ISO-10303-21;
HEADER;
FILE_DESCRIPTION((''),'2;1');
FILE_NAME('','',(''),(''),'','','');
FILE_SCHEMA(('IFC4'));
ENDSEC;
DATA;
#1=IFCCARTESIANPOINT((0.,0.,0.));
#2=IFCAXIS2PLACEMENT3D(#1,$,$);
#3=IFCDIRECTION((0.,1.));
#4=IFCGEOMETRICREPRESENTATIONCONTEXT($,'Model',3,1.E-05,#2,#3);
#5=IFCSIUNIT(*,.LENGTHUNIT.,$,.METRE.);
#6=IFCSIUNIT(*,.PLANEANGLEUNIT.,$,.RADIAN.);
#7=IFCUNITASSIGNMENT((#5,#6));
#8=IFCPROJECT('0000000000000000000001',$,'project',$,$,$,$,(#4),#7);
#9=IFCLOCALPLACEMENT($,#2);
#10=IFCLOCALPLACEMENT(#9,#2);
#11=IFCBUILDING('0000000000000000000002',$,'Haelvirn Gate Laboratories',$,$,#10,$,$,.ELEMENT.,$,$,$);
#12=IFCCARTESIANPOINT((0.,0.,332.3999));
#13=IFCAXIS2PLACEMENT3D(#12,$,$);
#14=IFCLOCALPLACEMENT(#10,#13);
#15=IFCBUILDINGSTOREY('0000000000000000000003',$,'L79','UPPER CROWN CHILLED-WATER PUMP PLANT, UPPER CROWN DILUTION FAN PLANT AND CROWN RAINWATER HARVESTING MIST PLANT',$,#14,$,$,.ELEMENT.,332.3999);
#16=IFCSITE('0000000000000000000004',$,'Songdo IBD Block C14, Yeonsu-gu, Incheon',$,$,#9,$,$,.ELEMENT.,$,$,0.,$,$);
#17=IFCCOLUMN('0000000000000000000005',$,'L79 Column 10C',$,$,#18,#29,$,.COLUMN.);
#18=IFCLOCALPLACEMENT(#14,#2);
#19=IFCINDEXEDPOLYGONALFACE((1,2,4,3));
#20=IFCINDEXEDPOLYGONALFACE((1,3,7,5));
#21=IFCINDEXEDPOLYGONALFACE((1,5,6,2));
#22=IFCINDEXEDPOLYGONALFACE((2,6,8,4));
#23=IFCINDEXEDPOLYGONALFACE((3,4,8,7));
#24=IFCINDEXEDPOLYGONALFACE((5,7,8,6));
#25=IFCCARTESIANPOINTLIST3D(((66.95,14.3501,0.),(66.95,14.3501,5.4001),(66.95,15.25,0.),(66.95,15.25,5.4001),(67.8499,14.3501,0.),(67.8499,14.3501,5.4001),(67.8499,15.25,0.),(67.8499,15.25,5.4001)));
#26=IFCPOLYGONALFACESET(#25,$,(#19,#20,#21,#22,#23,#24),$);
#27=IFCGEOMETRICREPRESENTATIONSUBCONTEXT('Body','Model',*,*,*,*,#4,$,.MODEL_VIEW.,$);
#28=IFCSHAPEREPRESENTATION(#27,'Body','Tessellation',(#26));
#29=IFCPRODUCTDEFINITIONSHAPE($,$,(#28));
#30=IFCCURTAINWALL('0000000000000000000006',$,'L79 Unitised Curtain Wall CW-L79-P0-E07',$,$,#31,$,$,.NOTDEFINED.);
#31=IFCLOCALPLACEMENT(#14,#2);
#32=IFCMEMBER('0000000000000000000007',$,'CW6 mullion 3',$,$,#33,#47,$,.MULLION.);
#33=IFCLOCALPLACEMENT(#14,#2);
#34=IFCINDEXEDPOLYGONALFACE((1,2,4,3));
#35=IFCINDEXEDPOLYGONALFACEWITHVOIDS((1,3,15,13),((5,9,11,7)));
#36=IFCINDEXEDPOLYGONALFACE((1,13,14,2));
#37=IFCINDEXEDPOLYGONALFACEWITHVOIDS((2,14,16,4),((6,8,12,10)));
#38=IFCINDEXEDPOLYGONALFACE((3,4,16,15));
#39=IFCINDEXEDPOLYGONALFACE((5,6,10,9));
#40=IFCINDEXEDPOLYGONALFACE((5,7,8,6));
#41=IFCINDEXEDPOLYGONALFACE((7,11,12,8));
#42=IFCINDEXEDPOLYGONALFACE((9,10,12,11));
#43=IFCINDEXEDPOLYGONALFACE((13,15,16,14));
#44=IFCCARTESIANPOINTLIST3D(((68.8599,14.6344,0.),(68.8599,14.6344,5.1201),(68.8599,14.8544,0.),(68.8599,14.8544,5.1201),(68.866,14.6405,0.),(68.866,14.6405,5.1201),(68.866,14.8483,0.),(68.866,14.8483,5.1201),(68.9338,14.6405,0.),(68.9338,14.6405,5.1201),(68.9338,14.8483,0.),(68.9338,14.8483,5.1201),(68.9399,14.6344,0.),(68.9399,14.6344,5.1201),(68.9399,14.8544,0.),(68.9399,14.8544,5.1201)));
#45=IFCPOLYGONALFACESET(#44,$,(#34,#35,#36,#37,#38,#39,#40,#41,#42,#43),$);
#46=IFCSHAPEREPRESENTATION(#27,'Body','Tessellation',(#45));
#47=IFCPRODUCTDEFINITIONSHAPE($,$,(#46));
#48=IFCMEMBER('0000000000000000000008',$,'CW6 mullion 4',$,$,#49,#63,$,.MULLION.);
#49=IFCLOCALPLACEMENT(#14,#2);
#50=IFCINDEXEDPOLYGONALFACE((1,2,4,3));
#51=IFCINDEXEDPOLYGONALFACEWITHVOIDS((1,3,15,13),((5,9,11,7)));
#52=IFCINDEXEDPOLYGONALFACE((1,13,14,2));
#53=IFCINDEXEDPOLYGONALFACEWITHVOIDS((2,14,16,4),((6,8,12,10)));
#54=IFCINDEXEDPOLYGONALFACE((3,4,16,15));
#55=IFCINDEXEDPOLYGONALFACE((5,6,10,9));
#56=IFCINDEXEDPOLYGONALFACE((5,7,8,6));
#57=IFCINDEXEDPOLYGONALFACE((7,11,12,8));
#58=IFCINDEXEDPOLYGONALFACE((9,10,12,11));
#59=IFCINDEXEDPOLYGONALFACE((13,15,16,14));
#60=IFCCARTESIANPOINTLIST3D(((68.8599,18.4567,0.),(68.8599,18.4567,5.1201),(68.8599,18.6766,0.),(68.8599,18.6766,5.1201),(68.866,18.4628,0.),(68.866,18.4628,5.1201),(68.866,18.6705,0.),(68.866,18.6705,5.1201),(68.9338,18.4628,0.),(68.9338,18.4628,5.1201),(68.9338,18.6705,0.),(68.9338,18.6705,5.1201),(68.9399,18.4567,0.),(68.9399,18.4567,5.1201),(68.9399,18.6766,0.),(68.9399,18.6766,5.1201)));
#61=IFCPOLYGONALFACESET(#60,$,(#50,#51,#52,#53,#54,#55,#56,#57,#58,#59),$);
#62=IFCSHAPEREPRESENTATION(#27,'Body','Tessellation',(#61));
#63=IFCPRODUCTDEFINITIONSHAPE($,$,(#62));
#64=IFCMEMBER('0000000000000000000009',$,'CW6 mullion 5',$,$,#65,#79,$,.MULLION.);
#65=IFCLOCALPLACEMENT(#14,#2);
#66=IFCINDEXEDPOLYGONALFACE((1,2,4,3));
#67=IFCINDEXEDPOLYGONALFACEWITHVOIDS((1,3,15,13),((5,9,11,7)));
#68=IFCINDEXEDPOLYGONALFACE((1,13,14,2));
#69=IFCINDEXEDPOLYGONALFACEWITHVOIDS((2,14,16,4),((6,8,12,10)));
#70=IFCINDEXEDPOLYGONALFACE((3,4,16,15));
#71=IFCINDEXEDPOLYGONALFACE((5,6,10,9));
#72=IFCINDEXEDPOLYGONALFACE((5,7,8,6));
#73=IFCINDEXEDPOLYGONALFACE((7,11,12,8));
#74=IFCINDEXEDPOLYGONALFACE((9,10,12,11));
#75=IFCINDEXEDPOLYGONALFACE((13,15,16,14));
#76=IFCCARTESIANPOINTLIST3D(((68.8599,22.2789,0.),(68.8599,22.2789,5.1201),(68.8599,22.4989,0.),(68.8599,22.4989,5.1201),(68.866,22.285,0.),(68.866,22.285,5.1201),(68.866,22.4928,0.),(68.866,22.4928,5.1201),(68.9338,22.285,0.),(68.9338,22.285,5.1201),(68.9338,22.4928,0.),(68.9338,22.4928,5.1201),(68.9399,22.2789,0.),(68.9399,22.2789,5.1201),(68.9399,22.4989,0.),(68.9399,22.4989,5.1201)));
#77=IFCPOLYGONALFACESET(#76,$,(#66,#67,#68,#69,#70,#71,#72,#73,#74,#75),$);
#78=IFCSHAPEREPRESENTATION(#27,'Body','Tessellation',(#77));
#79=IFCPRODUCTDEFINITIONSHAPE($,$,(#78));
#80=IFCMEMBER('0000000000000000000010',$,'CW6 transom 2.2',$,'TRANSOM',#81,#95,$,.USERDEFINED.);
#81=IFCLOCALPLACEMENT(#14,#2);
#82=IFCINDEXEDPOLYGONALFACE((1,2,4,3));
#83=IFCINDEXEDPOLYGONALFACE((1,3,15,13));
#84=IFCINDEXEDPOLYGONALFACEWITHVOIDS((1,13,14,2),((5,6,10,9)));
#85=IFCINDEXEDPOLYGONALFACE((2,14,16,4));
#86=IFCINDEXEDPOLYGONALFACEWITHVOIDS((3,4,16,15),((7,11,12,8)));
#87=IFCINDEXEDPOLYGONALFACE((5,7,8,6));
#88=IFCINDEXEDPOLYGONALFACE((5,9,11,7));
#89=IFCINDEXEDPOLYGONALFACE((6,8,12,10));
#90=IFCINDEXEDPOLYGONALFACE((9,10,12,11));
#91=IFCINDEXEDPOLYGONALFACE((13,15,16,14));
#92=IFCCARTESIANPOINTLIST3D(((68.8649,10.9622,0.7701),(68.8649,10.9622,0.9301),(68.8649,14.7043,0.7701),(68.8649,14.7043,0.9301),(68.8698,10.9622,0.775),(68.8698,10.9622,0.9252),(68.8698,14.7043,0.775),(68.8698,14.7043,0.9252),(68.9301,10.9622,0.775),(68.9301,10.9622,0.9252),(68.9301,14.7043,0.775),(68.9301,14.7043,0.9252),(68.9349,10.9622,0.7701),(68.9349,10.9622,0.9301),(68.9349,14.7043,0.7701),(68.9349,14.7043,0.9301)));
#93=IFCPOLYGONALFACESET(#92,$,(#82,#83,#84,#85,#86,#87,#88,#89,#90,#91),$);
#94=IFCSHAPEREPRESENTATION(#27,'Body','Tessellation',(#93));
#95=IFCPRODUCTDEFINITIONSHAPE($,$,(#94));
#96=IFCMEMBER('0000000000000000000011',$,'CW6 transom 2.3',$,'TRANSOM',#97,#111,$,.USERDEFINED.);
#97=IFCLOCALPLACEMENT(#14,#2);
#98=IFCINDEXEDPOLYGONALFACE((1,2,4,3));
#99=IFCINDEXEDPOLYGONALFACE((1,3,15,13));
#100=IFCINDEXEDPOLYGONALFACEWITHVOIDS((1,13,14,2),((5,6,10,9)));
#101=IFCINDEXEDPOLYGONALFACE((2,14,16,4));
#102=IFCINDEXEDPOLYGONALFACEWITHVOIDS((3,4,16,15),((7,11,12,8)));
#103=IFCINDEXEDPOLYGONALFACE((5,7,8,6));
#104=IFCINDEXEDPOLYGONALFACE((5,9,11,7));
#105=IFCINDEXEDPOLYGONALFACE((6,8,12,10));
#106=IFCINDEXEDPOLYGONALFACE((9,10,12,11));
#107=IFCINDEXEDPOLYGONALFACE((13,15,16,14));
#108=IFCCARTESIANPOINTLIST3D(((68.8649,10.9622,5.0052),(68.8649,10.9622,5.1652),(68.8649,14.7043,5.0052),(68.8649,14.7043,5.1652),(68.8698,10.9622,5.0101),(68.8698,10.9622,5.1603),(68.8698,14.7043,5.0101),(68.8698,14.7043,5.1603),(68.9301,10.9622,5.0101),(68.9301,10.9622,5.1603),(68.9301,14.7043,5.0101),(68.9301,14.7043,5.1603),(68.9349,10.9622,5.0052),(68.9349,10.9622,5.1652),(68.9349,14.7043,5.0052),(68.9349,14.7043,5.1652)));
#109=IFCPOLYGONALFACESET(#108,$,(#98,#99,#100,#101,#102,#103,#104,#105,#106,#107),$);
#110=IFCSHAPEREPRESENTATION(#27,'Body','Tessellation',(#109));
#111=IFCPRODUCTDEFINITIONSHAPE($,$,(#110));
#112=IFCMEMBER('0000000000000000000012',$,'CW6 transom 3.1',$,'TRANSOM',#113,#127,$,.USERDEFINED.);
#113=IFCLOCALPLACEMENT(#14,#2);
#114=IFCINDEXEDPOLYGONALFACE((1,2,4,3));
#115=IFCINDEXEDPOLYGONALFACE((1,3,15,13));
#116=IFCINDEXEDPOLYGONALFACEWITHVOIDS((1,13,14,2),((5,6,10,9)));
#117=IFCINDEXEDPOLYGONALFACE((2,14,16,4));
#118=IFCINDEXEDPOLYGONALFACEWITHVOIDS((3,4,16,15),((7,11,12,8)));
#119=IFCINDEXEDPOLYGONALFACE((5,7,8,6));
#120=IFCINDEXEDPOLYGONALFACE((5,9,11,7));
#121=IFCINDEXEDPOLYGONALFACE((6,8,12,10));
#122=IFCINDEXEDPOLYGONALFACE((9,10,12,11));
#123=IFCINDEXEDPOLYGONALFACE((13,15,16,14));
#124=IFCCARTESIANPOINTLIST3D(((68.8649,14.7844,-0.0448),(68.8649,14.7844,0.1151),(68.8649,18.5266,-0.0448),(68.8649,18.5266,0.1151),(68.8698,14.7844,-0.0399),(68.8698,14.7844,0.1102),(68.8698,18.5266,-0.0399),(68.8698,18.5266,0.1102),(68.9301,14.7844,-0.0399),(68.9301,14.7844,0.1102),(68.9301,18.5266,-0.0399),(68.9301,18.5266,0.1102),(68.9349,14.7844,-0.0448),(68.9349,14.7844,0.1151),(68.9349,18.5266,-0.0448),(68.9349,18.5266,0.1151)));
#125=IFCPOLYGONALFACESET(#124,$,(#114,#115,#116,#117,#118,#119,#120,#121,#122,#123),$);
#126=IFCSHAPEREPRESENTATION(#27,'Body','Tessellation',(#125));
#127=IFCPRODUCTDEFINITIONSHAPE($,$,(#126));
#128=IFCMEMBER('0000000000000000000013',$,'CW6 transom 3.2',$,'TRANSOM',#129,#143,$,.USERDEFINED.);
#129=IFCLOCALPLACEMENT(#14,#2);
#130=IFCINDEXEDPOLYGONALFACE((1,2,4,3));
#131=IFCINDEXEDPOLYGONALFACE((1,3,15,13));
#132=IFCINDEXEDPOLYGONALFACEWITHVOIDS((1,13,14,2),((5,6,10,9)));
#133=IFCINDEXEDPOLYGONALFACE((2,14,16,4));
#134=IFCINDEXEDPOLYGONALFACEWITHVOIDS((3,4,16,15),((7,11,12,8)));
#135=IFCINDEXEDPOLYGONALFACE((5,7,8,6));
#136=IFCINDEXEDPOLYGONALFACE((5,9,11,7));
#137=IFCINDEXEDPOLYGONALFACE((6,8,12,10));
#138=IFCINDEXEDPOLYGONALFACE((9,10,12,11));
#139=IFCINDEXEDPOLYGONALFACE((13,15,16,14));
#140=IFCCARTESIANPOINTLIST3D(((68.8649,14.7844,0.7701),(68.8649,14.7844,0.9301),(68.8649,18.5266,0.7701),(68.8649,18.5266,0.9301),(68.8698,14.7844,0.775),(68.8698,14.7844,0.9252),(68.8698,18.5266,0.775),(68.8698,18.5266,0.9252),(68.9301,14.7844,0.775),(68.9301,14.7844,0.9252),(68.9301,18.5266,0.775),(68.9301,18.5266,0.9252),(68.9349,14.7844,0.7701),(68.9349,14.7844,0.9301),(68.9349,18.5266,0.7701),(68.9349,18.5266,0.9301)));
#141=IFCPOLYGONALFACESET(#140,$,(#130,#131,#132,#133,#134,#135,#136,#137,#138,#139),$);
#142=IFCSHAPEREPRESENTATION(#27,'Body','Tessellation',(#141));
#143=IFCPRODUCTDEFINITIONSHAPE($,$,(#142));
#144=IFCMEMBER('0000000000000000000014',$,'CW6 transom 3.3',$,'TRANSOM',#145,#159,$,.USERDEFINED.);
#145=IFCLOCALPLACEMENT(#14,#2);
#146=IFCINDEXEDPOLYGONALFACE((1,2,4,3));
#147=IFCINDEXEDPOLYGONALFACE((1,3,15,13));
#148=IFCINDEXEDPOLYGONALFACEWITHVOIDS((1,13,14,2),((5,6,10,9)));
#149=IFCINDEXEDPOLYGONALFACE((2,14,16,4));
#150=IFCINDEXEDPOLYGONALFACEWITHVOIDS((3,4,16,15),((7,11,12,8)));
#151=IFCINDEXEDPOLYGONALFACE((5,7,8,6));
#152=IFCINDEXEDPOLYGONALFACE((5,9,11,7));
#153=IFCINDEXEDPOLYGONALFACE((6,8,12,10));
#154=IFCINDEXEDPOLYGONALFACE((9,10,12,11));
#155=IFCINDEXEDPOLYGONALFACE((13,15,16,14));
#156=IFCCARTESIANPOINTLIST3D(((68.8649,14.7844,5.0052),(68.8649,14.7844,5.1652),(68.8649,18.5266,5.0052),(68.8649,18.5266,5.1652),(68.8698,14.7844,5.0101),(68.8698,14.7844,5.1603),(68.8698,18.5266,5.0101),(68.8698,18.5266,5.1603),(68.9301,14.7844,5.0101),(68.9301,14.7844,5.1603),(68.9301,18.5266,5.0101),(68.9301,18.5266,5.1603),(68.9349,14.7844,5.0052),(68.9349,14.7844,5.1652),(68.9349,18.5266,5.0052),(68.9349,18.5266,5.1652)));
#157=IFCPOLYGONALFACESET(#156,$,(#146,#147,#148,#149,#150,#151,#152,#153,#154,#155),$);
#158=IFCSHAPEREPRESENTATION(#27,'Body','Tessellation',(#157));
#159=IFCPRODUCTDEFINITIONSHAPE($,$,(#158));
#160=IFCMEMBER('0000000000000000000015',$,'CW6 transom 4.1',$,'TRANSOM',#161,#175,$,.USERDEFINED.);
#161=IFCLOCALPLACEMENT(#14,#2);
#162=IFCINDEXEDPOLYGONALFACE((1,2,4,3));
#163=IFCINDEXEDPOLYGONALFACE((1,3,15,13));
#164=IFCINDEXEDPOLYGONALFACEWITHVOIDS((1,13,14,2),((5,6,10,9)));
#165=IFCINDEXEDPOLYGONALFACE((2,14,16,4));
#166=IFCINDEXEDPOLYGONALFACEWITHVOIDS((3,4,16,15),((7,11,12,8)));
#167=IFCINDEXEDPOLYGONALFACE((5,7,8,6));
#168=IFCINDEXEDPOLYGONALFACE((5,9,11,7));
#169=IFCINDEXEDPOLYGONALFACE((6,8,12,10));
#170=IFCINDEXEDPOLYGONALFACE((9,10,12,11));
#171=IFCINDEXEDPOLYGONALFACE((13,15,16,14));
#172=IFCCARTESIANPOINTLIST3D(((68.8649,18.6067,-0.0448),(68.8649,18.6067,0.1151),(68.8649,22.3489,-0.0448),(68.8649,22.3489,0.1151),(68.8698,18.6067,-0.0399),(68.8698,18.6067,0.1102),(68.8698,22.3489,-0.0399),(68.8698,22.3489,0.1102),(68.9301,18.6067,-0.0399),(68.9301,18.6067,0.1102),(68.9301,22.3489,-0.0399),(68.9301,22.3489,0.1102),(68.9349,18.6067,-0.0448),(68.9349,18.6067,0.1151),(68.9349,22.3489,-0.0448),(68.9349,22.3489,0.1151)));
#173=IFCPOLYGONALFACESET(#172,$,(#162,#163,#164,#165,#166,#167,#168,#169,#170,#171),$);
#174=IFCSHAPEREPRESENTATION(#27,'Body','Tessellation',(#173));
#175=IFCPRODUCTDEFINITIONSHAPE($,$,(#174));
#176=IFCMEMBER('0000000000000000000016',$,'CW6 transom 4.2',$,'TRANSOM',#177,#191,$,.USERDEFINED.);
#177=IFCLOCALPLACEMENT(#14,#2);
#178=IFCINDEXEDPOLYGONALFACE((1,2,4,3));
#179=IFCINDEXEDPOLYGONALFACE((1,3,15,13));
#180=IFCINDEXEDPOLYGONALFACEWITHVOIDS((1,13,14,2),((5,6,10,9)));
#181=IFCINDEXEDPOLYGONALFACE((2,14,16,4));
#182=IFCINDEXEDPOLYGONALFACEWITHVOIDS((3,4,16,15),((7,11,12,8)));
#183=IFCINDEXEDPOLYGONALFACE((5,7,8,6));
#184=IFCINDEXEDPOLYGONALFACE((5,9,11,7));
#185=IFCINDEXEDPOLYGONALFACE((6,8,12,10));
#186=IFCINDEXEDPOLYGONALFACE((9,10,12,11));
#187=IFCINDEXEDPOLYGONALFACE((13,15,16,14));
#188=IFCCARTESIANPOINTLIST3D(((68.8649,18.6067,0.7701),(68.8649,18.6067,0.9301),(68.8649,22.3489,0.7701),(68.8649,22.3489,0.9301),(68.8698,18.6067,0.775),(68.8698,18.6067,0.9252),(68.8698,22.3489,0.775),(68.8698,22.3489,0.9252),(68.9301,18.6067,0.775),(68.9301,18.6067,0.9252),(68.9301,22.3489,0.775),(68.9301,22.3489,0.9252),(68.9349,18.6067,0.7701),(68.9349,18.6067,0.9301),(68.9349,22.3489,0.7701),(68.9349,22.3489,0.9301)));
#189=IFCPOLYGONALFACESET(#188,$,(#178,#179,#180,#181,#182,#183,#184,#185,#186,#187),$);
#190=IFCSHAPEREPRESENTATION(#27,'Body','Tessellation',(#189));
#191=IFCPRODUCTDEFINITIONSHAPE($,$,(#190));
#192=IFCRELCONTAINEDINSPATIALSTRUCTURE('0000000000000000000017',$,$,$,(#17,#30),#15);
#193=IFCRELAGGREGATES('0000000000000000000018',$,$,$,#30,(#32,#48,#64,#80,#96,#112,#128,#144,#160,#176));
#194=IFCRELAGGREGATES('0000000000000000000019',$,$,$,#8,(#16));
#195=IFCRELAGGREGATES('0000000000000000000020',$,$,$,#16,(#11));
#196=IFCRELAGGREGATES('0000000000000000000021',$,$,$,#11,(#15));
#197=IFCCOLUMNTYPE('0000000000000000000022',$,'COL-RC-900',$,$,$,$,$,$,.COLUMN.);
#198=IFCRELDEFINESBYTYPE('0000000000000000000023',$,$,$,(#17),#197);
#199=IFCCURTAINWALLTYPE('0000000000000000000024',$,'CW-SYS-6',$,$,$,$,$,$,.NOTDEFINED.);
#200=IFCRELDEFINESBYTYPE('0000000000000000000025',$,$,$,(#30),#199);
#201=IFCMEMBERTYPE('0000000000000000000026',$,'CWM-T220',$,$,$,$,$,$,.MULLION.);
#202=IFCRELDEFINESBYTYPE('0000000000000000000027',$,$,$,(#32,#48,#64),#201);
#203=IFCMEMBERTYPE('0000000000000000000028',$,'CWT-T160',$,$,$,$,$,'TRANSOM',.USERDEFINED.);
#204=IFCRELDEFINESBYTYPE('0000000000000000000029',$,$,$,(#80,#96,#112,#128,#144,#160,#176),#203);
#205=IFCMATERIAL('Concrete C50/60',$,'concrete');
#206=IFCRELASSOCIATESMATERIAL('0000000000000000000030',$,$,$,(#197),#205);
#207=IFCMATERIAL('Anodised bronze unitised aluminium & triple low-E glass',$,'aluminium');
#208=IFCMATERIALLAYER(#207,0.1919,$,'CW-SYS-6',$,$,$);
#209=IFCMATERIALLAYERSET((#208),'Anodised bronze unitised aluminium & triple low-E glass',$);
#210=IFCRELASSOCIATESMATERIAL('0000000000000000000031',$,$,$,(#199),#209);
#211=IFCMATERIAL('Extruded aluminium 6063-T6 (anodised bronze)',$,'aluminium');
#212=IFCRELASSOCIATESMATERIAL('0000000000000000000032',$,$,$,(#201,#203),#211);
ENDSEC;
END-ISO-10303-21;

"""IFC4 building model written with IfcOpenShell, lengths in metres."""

from ifc_helpers import new_model, si_unit, direction, frame, origin, origin_2d, place, context, subcontext, project, spatial, rectangle, hollow_rectangle, extrude, source, transform, mapped, material, layer, layer_set, material_profile, profile_set, type_object, type_shapes, element, aggregate, save


model = new_model("IFC4")

# Units and contexts
model_context = context("Model", 3, precision=1e-05, world=origin(), true_north=direction((0.0, 1.0)))
body_context = subcontext(model_context, "Body", "Model", "MODEL_VIEW")
ifc_project = project(units=[si_unit("LENGTHUNIT", "METRE"), si_unit("PLANEANGLEUNIT", "RADIAN")], contexts=[model_context])

# Site, building, storey
site_placement = place(None, origin())
site = spatial("IfcSite", under=ifc_project, at=site_placement, Name="Songdo IBD Block C14, Yeonsu-gu, Incheon", CompositionType="ELEMENT", RefElevation=0.0)
building_placement = place(site_placement, origin())
building = spatial("IfcBuilding", under=site, at=building_placement, Name="Haelvirn Gate Laboratories", CompositionType="ELEMENT")
storey_placement = place(building_placement, frame((0.0, 0.0, 332.3999)))
storey = spatial("IfcBuildingStorey", under=building, at=storey_placement, Name="L79", Description="UPPER CROWN CHILLED-WATER PUMP PLANT, UPPER CROWN DILUTION FAN PLANT AND CROWN RAINWATER HARVESTING MIST PLANT", CompositionType="ELEMENT", Elevation=332.3999)

# Column
ifc_material_1 = material(Name="Concrete C50/60", Category="concrete")
ifc_material_profile_1 = material_profile(ifc_material_1, rectangle(XDim=0.8999, YDim=0.8999, at=origin_2d()), Name="RC-900x900")
ifc_profile_set_1 = profile_set([ifc_material_profile_1], Name="Concrete C50/60")
column_type = type_object("IfcColumnType", Name="COL-RC-900", PredefinedType="COLUMN", material=ifc_profile_set_1)
shared_shape_1 = source(origin(), body_context, "Body", "SweptSolid", [
    extrude(rectangle(XDim=0.8999, YDim=0.8999, at=origin_2d()), origin(), (0.0, 0.0, 1.0), 5.4001),
])
type_shapes(column_type, [shared_shape_1])
column_placement = place(storey_placement, frame((67.3999, 14.8, 0.0), z_axis=(0.0, 0.0, 1.0), x_axis=(1.0, 0.0, 0.0)))
element("IfcColumn", 1, at=column_placement, inside=storey, type_object=column_type, Name="L79 Column 10C", PredefinedType="COLUMN", context=body_context, shape_type="MappedRepresentation", body=[
    mapped(shared_shape_1, transform((0.0, 0.0, 0.0), scale=1.0)),
])

# Curtain wall, members
ifc_material_2 = material(Name="Anodised bronze unitised aluminium & triple low-E glass", Category="aluminium")
ifc_layer_1 = layer(ifc_material_2, 0.1919, Name="CW-SYS-6")
ifc_layer_set_1 = layer_set([ifc_layer_1], Name="Anodised bronze unitised aluminium & triple low-E glass")
curtain_wall_type = type_object("IfcCurtainWallType", Name="CW-SYS-6", PredefinedType="NOTDEFINED", material=ifc_layer_set_1)
curtain_wall_placement = place(storey_placement, origin())
curtain_wall = element("IfcCurtainWall", 2, at=curtain_wall_placement, inside=storey, type_object=curtain_wall_type, Name="L79 Unitised Curtain Wall CW-L79-P0-E07", PredefinedType="NOTDEFINED")
ifc_material_3 = material(Name="Extruded aluminium 6063-T6 (anodised bronze)", Category="aluminium")
ifc_material_profile_2 = material_profile(ifc_material_3, hollow_rectangle(XDim=0.0801, YDim=0.22, WallThickness=0.0061, at=origin_2d()), Name="CWM-220x80x6")
ifc_profile_set_2 = profile_set([ifc_material_profile_2], Name="Extruded aluminium 6063-T6 (anodised bronze)")
member_type_1 = type_object("IfcMemberType", Name="CWM-T220", PredefinedType="MULLION", material=ifc_profile_set_2)
shared_shape_2 = source(origin(), body_context, "Body", "SweptSolid", [
    extrude(hollow_rectangle(XDim=0.0801, YDim=0.22, WallThickness=0.0061, at=origin_2d()), origin(), (0.0, 0.0, 1.0), 5.1201),
])
type_shapes(member_type_1, [shared_shape_2])
member_1_placement = place(storey_placement, frame((68.8999, 14.7444, 0.0), z_axis=(0.0, 0.0, 1.0), x_axis=(-1.0, 0.0, 0.0)))
member_1 = element("IfcMember", 3, at=member_1_placement, type_object=member_type_1, Name="CW6 mullion 3", PredefinedType="MULLION", context=body_context, shape_type="MappedRepresentation", body=[
    mapped(shared_shape_2, transform((0.0, 0.0, 0.0), scale=1.0)),
])
member_2_placement = place(storey_placement, frame((68.8999, 18.5667, 0.0), z_axis=(0.0, 0.0, 1.0), x_axis=(-1.0, 0.0, 0.0)))
member_2 = element("IfcMember", 4, at=member_2_placement, type_object=member_type_1, Name="CW6 mullion 4", PredefinedType="MULLION", context=body_context, shape_type="MappedRepresentation", body=[
    mapped(shared_shape_2, transform((0.0, 0.0, 0.0), scale=1.0)),
])
member_3_placement = place(storey_placement, frame((68.8999, 22.3889, 0.0), z_axis=(0.0, 0.0, 1.0), x_axis=(-1.0, 0.0, 0.0)))
member_3 = element("IfcMember", 5, at=member_3_placement, type_object=member_type_1, Name="CW6 mullion 5", PredefinedType="MULLION", context=body_context, shape_type="MappedRepresentation", body=[
    mapped(shared_shape_2, transform((0.0, 0.0, 0.0), scale=1.0)),
])
ifc_material_profile_3 = material_profile(ifc_material_3, hollow_rectangle(XDim=0.0701, YDim=0.1599, WallThickness=0.0049, at=origin_2d()), Name="CWT-160x70x5")
ifc_profile_set_3 = profile_set([ifc_material_profile_3], Name="Extruded aluminium 6063-T6 (anodised bronze)")
member_type_2 = type_object("IfcMemberType", Name="CWT-T160", ElementType="TRANSOM", PredefinedType="USERDEFINED", material=ifc_profile_set_3)
shared_shape_3 = source(origin(), body_context, "Body", "SweptSolid", [
    extrude(hollow_rectangle(XDim=0.0701, YDim=0.1599, WallThickness=0.0049, at=origin_2d()), origin(), (0.0, 0.0, 1.0), 3.7422),
])
type_shapes(member_type_2, [shared_shape_3])
member_4_placement = place(storey_placement, frame((68.8999, 10.9622, 0.8501), z_axis=(0.0, 1.0, 0.0), x_axis=(-1.0, 0.0, 0.0)))
member_4 = element("IfcMember", 6, at=member_4_placement, type_object=member_type_2, Name="CW6 transom 2.2", ObjectType="TRANSOM", PredefinedType="USERDEFINED", context=body_context, shape_type="MappedRepresentation", body=[
    mapped(shared_shape_3, transform((0.0, 0.0, 0.0), scale=1.0)),
])
member_5_placement = place(storey_placement, frame((68.8999, 10.9622, 5.0852), z_axis=(0.0, 1.0, 0.0), x_axis=(-1.0, 0.0, 0.0)))
member_5 = element("IfcMember", 7, at=member_5_placement, type_object=member_type_2, Name="CW6 transom 2.3", ObjectType="TRANSOM", PredefinedType="USERDEFINED", context=body_context, shape_type="MappedRepresentation", body=[
    mapped(shared_shape_3, transform((0.0, 0.0, 0.0), scale=1.0)),
])
member_6_placement = place(storey_placement, frame((68.8999, 14.7844, 0.0352), z_axis=(0.0, 1.0, 0.0), x_axis=(-1.0, 0.0, 0.0)))
member_6 = element("IfcMember", 8, at=member_6_placement, type_object=member_type_2, Name="CW6 transom 3.1", ObjectType="TRANSOM", PredefinedType="USERDEFINED", context=body_context, shape_type="MappedRepresentation", body=[
    mapped(shared_shape_3, transform((0.0, 0.0, 0.0), scale=1.0)),
])
member_7_placement = place(storey_placement, frame((68.8999, 14.7844, 0.8501), z_axis=(0.0, 1.0, 0.0), x_axis=(-1.0, 0.0, 0.0)))
member_7 = element("IfcMember", 9, at=member_7_placement, type_object=member_type_2, Name="CW6 transom 3.2", ObjectType="TRANSOM", PredefinedType="USERDEFINED", context=body_context, shape_type="MappedRepresentation", body=[
    mapped(shared_shape_3, transform((0.0, 0.0, 0.0), scale=1.0)),
])
member_8_placement = place(storey_placement, frame((68.8999, 14.7844, 5.0852), z_axis=(0.0, 1.0, 0.0), x_axis=(-1.0, 0.0, 0.0)))
member_8 = element("IfcMember", 10, at=member_8_placement, type_object=member_type_2, Name="CW6 transom 3.3", ObjectType="TRANSOM", PredefinedType="USERDEFINED", context=body_context, shape_type="MappedRepresentation", body=[
    mapped(shared_shape_3, transform((0.0, 0.0, 0.0), scale=1.0)),
])
member_9_placement = place(storey_placement, frame((68.8999, 18.6067, 0.0352), z_axis=(0.0, 1.0, 0.0), x_axis=(-1.0, 0.0, 0.0)))
member_9 = element("IfcMember", 11, at=member_9_placement, type_object=member_type_2, Name="CW6 transom 4.1", ObjectType="TRANSOM", PredefinedType="USERDEFINED", context=body_context, shape_type="MappedRepresentation", body=[
    mapped(shared_shape_3, transform((0.0, 0.0, 0.0), scale=1.0)),
])
member_10_placement = place(storey_placement, frame((68.8999, 18.6067, 0.8501), z_axis=(0.0, 1.0, 0.0), x_axis=(-1.0, 0.0, 0.0)))
member_10 = element("IfcMember", 12, at=member_10_placement, type_object=member_type_2, Name="CW6 transom 4.2", ObjectType="TRANSOM", PredefinedType="USERDEFINED", context=body_context, shape_type="MappedRepresentation", body=[
    mapped(shared_shape_3, transform((0.0, 0.0, 0.0), scale=1.0)),
])
aggregate(curtain_wall, [member_1, member_2, member_3, member_4, member_5, member_6, member_7, member_8, member_9, member_10])

save(model, "model.ifc")
